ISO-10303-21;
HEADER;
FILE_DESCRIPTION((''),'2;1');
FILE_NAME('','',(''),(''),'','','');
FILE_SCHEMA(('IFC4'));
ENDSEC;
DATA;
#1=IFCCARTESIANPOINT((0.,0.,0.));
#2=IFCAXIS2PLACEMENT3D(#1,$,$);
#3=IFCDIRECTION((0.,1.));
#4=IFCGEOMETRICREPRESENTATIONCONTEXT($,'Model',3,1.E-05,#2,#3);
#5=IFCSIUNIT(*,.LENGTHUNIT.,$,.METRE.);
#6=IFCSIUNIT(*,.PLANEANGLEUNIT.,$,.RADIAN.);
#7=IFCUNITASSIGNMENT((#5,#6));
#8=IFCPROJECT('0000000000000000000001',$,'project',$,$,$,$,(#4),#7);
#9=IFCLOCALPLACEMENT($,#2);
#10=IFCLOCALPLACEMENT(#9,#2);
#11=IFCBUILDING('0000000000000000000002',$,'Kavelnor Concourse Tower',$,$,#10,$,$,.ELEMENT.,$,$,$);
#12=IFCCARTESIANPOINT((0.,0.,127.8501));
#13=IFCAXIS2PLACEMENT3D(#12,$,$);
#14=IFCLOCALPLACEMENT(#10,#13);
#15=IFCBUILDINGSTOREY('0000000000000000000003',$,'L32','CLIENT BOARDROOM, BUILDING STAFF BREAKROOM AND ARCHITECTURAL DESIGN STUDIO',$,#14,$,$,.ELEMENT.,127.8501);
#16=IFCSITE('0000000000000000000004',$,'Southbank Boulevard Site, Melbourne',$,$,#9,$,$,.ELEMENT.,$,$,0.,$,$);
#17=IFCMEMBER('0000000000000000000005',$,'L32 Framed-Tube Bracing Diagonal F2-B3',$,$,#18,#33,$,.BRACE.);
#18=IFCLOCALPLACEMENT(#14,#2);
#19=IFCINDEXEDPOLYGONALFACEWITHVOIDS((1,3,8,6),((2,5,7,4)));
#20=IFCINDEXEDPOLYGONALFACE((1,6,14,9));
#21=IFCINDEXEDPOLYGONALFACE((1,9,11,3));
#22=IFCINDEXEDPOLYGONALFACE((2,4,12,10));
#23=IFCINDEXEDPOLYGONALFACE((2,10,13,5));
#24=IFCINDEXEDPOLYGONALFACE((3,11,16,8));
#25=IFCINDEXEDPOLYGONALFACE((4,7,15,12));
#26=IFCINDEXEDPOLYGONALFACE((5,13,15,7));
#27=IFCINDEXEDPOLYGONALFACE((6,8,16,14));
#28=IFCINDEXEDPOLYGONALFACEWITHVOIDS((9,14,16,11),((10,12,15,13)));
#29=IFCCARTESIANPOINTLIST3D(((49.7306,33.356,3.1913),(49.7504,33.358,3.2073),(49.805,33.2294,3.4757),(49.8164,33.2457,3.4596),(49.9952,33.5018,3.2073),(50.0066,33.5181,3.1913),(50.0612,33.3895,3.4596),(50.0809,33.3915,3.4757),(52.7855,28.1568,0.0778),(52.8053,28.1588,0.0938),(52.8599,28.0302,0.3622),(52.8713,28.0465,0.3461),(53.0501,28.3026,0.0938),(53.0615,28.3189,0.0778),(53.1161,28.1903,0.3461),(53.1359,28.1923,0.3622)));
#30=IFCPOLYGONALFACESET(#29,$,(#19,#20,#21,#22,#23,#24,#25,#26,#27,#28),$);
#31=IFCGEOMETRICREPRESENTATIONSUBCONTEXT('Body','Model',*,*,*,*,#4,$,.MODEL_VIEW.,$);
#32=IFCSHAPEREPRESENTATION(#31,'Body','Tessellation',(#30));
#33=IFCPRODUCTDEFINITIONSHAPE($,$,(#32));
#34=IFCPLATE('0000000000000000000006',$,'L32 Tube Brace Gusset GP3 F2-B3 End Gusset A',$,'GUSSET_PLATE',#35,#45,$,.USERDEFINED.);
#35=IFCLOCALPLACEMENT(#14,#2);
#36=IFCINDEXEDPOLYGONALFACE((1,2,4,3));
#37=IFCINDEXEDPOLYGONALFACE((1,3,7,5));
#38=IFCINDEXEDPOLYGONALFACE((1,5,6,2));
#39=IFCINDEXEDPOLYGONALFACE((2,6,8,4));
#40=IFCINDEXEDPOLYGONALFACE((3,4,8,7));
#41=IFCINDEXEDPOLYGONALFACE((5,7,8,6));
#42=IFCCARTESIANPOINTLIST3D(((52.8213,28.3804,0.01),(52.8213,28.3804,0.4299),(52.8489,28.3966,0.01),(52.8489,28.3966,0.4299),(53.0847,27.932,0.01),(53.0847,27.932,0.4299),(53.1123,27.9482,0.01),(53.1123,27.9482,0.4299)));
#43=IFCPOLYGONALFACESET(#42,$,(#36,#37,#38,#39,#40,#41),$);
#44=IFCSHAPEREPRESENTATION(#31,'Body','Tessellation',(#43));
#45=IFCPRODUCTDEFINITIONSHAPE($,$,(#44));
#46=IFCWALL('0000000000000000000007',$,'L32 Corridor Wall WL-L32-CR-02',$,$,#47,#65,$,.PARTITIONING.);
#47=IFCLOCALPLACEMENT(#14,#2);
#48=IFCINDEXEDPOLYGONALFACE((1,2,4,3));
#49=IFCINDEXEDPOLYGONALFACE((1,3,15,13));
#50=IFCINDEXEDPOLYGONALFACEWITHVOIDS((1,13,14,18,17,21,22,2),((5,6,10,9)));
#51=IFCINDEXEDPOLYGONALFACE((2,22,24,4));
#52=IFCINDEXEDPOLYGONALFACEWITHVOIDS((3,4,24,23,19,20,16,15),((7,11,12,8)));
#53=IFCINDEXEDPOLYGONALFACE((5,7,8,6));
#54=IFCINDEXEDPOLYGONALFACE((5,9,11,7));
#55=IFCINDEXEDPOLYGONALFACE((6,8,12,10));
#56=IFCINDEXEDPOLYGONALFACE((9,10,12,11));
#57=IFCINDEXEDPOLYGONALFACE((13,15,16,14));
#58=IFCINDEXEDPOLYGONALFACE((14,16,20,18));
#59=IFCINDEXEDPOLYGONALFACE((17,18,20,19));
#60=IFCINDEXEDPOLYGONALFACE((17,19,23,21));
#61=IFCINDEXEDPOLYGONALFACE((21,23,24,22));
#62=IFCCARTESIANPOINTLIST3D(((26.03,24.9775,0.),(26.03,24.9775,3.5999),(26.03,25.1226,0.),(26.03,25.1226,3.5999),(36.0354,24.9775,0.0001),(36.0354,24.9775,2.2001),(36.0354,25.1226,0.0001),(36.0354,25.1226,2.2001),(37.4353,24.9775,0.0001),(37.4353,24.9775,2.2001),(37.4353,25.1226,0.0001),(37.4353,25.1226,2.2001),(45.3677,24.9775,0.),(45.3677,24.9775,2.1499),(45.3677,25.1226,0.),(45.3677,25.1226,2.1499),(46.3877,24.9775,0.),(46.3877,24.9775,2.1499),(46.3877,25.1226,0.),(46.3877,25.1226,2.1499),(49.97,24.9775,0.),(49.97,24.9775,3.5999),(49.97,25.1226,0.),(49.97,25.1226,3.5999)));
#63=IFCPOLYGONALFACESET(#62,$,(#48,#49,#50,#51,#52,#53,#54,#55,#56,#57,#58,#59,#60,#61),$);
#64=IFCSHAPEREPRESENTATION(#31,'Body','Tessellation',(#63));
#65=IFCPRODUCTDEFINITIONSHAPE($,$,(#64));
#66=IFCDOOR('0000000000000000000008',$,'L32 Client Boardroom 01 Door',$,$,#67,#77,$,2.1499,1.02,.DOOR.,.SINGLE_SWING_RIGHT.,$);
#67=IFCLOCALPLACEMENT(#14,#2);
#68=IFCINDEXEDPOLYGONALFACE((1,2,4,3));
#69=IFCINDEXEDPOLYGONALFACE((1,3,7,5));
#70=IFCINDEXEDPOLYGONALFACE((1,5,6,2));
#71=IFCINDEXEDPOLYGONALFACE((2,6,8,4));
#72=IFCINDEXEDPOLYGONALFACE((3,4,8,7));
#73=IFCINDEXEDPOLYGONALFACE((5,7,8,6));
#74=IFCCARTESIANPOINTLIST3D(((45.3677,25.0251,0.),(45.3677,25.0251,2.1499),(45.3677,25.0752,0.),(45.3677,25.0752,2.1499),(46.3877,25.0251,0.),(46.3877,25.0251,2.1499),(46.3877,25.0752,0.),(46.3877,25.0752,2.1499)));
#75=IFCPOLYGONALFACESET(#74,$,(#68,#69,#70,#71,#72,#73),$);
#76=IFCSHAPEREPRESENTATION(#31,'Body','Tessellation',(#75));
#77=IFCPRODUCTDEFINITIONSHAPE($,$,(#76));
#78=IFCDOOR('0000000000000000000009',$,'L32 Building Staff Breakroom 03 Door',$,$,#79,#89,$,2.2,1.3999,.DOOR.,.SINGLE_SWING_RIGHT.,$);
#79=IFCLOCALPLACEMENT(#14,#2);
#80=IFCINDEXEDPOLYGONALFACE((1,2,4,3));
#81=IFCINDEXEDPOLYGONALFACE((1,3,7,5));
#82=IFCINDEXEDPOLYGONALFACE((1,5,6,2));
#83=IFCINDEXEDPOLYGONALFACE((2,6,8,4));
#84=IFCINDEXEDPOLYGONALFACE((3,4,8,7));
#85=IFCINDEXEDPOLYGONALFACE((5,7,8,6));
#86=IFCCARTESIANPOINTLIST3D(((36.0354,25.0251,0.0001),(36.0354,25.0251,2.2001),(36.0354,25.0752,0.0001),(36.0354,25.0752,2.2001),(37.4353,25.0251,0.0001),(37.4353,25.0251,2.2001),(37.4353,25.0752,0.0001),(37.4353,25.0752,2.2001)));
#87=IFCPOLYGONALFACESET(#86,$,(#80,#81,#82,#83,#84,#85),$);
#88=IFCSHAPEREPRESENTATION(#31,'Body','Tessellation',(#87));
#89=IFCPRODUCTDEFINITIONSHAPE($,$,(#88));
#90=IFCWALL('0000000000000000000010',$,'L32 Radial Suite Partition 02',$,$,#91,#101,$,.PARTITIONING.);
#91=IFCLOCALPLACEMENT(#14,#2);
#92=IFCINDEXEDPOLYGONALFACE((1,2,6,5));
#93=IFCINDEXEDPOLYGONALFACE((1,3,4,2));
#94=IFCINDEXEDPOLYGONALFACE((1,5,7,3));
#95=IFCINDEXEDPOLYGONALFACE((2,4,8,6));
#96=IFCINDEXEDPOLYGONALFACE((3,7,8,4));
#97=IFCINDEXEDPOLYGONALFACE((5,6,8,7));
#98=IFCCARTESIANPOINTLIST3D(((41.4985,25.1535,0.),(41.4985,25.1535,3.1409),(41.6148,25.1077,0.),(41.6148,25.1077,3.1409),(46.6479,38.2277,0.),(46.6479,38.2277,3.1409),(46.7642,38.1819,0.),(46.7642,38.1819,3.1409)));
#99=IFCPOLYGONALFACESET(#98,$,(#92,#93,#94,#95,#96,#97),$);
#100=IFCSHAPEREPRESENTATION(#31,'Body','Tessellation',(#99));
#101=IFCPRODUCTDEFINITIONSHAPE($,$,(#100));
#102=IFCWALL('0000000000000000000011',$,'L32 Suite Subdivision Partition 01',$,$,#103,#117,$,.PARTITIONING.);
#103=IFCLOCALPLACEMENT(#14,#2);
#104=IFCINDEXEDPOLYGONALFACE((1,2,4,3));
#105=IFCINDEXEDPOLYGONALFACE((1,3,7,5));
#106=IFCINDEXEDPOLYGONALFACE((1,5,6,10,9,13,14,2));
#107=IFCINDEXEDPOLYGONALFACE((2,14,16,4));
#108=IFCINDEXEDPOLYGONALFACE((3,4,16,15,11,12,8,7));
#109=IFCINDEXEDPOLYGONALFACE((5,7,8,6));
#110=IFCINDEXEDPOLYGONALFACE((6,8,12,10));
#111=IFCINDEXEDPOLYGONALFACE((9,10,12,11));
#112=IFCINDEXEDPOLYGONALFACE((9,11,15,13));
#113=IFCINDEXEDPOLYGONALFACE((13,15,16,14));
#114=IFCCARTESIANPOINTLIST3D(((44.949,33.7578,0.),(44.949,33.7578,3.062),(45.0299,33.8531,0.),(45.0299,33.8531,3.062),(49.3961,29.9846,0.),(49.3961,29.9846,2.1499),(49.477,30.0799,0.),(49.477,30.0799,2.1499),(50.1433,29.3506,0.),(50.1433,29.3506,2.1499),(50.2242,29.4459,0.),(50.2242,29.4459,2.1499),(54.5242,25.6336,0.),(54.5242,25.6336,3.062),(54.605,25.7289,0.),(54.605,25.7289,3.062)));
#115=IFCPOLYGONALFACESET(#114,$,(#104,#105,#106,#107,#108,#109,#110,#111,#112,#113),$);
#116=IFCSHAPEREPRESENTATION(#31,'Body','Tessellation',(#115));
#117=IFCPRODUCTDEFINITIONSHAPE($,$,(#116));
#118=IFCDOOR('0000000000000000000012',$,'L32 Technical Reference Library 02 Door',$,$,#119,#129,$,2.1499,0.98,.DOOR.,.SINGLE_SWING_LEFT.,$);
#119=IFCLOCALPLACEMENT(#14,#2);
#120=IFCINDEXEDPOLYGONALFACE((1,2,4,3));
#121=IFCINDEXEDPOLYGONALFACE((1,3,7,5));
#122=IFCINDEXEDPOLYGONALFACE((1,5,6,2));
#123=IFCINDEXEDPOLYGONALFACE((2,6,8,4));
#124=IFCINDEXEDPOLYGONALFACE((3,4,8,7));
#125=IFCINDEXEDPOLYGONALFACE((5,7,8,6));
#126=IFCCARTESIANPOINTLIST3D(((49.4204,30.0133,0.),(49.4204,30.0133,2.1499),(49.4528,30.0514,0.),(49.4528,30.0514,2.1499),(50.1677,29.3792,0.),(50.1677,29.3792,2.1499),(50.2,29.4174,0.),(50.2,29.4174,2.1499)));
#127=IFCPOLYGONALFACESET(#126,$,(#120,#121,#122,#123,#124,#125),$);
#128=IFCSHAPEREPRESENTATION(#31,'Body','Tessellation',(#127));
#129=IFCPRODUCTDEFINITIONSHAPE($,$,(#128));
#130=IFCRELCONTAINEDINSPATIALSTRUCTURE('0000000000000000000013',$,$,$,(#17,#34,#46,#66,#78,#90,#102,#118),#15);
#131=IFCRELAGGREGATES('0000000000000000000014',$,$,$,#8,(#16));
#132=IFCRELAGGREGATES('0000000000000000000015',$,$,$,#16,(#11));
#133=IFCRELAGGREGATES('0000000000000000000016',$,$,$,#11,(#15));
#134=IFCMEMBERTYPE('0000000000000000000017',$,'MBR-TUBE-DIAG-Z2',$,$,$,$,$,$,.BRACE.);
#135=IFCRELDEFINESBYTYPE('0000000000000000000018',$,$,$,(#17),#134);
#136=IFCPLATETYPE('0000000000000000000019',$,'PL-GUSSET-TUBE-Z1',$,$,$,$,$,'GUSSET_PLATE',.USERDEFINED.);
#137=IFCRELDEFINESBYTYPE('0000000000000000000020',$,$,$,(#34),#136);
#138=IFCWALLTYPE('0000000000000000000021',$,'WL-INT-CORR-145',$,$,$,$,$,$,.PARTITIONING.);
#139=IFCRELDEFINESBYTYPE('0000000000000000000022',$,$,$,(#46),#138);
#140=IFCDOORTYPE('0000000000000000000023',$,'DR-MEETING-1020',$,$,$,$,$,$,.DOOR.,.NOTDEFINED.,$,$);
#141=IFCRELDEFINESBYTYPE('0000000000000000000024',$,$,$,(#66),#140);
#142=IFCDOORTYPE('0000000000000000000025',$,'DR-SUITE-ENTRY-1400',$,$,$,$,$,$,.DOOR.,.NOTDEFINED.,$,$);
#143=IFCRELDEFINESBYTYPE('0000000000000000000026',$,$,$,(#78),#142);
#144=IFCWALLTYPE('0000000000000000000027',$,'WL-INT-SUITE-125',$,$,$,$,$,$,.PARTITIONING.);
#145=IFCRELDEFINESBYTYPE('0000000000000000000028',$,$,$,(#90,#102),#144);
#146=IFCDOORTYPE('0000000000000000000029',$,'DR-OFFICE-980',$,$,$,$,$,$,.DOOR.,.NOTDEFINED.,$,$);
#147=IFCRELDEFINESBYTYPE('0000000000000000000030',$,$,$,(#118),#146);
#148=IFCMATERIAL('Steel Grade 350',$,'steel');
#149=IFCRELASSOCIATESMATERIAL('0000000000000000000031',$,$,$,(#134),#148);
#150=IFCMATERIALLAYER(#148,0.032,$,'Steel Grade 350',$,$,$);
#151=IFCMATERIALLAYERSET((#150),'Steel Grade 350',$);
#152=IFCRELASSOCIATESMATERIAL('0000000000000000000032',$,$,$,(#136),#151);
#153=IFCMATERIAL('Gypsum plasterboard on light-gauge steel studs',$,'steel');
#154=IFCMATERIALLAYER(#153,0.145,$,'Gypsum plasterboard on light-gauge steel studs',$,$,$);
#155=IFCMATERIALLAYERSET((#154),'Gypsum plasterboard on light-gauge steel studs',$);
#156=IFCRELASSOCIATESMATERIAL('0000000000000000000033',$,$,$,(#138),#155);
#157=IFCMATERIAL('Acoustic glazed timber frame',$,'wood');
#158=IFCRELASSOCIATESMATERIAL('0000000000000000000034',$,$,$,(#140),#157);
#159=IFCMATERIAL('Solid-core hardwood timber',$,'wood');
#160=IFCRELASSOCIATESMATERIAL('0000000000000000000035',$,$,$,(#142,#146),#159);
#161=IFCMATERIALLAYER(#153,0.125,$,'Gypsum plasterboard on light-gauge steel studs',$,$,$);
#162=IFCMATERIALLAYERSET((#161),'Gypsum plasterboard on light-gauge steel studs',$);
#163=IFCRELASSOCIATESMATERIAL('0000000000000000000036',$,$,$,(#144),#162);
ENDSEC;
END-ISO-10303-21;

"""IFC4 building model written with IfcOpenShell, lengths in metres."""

from ifc_helpers import new_model, si_unit, direction, frame, frame_2d, origin, origin_2d, place, context, subcontext, project, spatial, rectangle, hollow_rectangle, extrude, material, layer, layer_set, material_profile, profile_set, type_object, element, fill, save


model = new_model("IFC4")

# Units and contexts
model_context = context("Model", 3, precision=1e-05, world=origin(), true_north=direction((0.0, 1.0)))
body_context = subcontext(model_context, "Body", "Model", "MODEL_VIEW")
ifc_project = project(units=[si_unit("LENGTHUNIT", "METRE"), si_unit("PLANEANGLEUNIT", "RADIAN")], contexts=[model_context])

# Site, building, storey
site_placement = place(None, origin())
site = spatial("IfcSite", under=ifc_project, at=site_placement, Name="Southbank Boulevard Site, Melbourne", CompositionType="ELEMENT", RefElevation=0.0)
building_placement = place(site_placement, origin())
building = spatial("IfcBuilding", under=site, at=building_placement, Name="Kavelnor Concourse Tower", CompositionType="ELEMENT")
storey_placement = place(building_placement, frame((0.0, 0.0, 127.8501)))
storey = spatial("IfcBuildingStorey", under=building, at=storey_placement, Name="L32", Description="CLIENT BOARDROOM, BUILDING STAFF BREAKROOM AND ARCHITECTURAL DESIGN STUDIO", CompositionType="ELEMENT", Elevation=127.8501)

# Shared definitions
ifc_material_1 = material(Name="Steel Grade 350", Category="steel")

# Member
ifc_material_profile_1 = material_profile(ifc_material_1, hollow_rectangle(XDim=0.3201, YDim=0.3201, WallThickness=0.0181, at=origin_2d()), Name="SHS 320x320x18")
ifc_profile_set_1 = profile_set([ifc_material_profile_1], Name="Steel Grade 350")
member_type = type_object("IfcMemberType", Name="MBR-TUBE-DIAG-Z2", PredefinedType="BRACE", material=ifc_profile_set_1)
member_placement = place(storey_placement, frame((52.9607, 28.1746, 0.22), z_axis=(-0.450139, 0.766096, 0.458773), x_axis=(-0.862183, -0.506597, 0.0)))
element("IfcMember", 1, at=member_placement, inside=storey, type_object=member_type, Name="L32 Framed-Tube Bracing Diagonal F2-B3", PredefinedType="BRACE", context=body_context, shape_type="SweptSolid", body=[
    extrude(hollow_rectangle(XDim=0.3201, YDim=0.3201, WallThickness=0.0181, at=origin_2d()), origin(), (0.0, 0.0, 1.0), 6.7866),
])

# Plate
ifc_layer_1 = layer(ifc_material_1, 0.032, Name="Steel Grade 350")
ifc_layer_set_1 = layer_set([ifc_layer_1], Name="Steel Grade 350")
plate_type = type_object("IfcPlateType", Name="PL-GUSSET-TUBE-Z1", ElementType="GUSSET_PLATE", PredefinedType="USERDEFINED", material=ifc_layer_set_1)
plate_placement = place(storey_placement, frame((52.9668, 28.1643, 0.01), z_axis=(0.0, 0.0, 1.0), x_axis=(-0.506636, 0.86216, 0.0)))
element("IfcPlate", 2, at=plate_placement, inside=storey, type_object=plate_type, Name="L32 Tube Brace Gusset GP3 F2-B3 End Gusset A", ObjectType="GUSSET_PLATE", PredefinedType="USERDEFINED", context=body_context, shape_type="SweptSolid", body=[
    extrude(rectangle(XDim=0.52, YDim=0.032, at=origin_2d()), origin(), (0.0, 0.0, 1.0), 0.4199),
])

# Wall, openings, doors
ifc_material_2 = material(Name="Gypsum plasterboard on light-gauge steel studs", Category="steel")
ifc_layer_2 = layer(ifc_material_2, 0.145, Name="Gypsum plasterboard on light-gauge steel studs")
ifc_layer_set_2 = layer_set([ifc_layer_2], Name="Gypsum plasterboard on light-gauge steel studs")
wall_type_1 = type_object("IfcWallType", Name="WL-INT-CORR-145", PredefinedType="PARTITIONING", material=ifc_layer_set_2)
wall_1_placement = place(storey_placement, frame((49.97, 25.05, 0.0), z_axis=(0.0, 0.0, 1.0), x_axis=(-1.0, 0.0, 0.0)))
wall_1 = element("IfcWall", 3, at=wall_1_placement, inside=storey, type_object=wall_type_1, Name="L32 Corridor Wall WL-L32-CR-02", PredefinedType="PARTITIONING", context=body_context, shape_type="SweptSolid", body=[
    extrude(rectangle(XDim=23.9399, YDim=0.145, at=frame_2d((11.97, 0.0))), origin(), (0.0, 0.0, 1.0), 3.5999),
])
opening_1_placement = place(wall_1_placement, frame((3.5823, 0.0, 0.0)))
opening_1 = element("IfcOpeningElement", 4, at=opening_1_placement, cuts=wall_1, PredefinedType="OPENING", context=body_context, shape_type="SweptSolid", body=[
    extrude(rectangle(XDim=1.02, YDim=2.1499, at=frame_2d((0.51, 1.075))), frame((0.0, 0.0825, 0.0), z_axis=(0.0, -1.0, 0.0), x_axis=(1.0, 0.0, 0.0)), (0.0, 0.0, 1.0), 0.165),
])
opening_2_placement = place(wall_1_placement, frame((12.5347, 0.0, 0.0)))
opening_2 = element("IfcOpeningElement", 5, at=opening_2_placement, cuts=wall_1, PredefinedType="OPENING", context=body_context, shape_type="SweptSolid", body=[
    extrude(rectangle(XDim=1.3999, YDim=2.2, at=frame_2d((0.7, 1.1001))), frame((0.0, 0.0825, 0.0), z_axis=(0.0, -1.0, 0.0), x_axis=(1.0, 0.0, 0.0)), (0.0, 0.0, 1.0), 0.165),
])
ifc_material_3 = material(Name="Acoustic glazed timber frame", Category="wood")
door_type_1 = type_object("IfcDoorType", Name="DR-MEETING-1020", OperationType="NOTDEFINED", PredefinedType="DOOR", material=ifc_material_3)
door_1_placement = place(opening_1_placement, origin())
door_1 = element("IfcDoor", 6, at=door_1_placement, inside=storey, type_object=door_type_1, Name="L32 Client Boardroom 01 Door", OperationType="SINGLE_SWING_RIGHT", OverallHeight=2.1499, OverallWidth=1.02, PredefinedType="DOOR", context=body_context, shape_type="SweptSolid", body=[
    extrude(rectangle(XDim=1.02, YDim=2.1499, at=frame_2d((0.51, 1.075))), frame((0.0, 0.0249, 0.0), z_axis=(0.0, -1.0, 0.0), x_axis=(1.0, 0.0, 0.0)), (0.0, 0.0, 1.0), 0.05),
])
fill(opening_1, door_1)
ifc_material_4 = material(Name="Solid-core hardwood timber", Category="wood")
door_type_2 = type_object("IfcDoorType", Name="DR-SUITE-ENTRY-1400", OperationType="NOTDEFINED", PredefinedType="DOOR", material=ifc_material_4)
door_2_placement = place(opening_2_placement, origin())
door_2 = element("IfcDoor", 7, at=door_2_placement, inside=storey, type_object=door_type_2, Name="L32 Building Staff Breakroom 03 Door", OperationType="SINGLE_SWING_RIGHT", OverallHeight=2.2, OverallWidth=1.3999, PredefinedType="DOOR", context=body_context, shape_type="SweptSolid", body=[
    extrude(rectangle(XDim=1.3999, YDim=2.2, at=frame_2d((0.7, 1.1001))), frame((0.0, 0.0249, 0.0), z_axis=(0.0, -1.0, 0.0), x_axis=(1.0, 0.0, 0.0)), (0.0, 0.0, 1.0), 0.05),
])
fill(opening_2, door_2)

# Wall
ifc_layer_3 = layer(ifc_material_2, 0.125, Name="Gypsum plasterboard on light-gauge steel studs")
ifc_layer_set_3 = layer_set([ifc_layer_3], Name="Gypsum plasterboard on light-gauge steel studs")
wall_type_2 = type_object("IfcWallType", Name="WL-INT-SUITE-125", PredefinedType="PARTITIONING", material=ifc_layer_set_3)
wall_2_placement = place(storey_placement, frame((41.5566, 25.1306, 0.0), z_axis=(0.0, 0.0, 1.0), x_axis=(0.366461, 0.930434, 0.0)))
element("IfcWall", 8, at=wall_2_placement, inside=storey, type_object=wall_type_2, Name="L32 Radial Suite Partition 02", PredefinedType="PARTITIONING", context=body_context, shape_type="SweptSolid", body=[
    extrude(rectangle(XDim=14.0518, YDim=0.125, at=frame_2d((7.0259, 0.0))), origin(), (0.0, 0.0, 1.0), 3.1409),
])

# Wall, opening, door
wall_3_placement = place(storey_placement, frame((54.5647, 25.6812, 0.0), z_axis=(0.0, 0.0, 1.0), x_axis=(-0.762515, 0.646971, 0.0)))
wall_3 = element("IfcWall", 9, at=wall_3_placement, inside=storey, type_object=wall_type_2, Name="L32 Suite Subdivision Partition 01", PredefinedType="PARTITIONING", context=body_context, shape_type="SweptSolid", body=[
    extrude(rectangle(XDim=12.5574, YDim=0.125, at=frame_2d((6.2788, 0.0))), origin(), (0.0, 0.0, 1.0), 3.062),
])
opening_3_placement = place(wall_3_placement, frame((5.7454, 0.0, 0.0)))
opening_3 = element("IfcOpeningElement", 10, at=opening_3_placement, cuts=wall_3, PredefinedType="OPENING", context=body_context, shape_type="SweptSolid", body=[
    extrude(rectangle(XDim=0.98, YDim=2.1499, at=frame_2d((0.49, 1.075))), frame((0.0, 0.0725, 0.0), z_axis=(0.0, -1.0, 0.0), x_axis=(1.0, 0.0, 0.0)), (0.0, 0.0, 1.0), 0.145),
])
door_type_3 = type_object("IfcDoorType", Name="DR-OFFICE-980", OperationType="NOTDEFINED", PredefinedType="DOOR", material=ifc_material_4)
door_3_placement = place(opening_3_placement, origin())
door_3 = element("IfcDoor", 11, at=door_3_placement, inside=storey, type_object=door_type_3, Name="L32 Technical Reference Library 02 Door", OperationType="SINGLE_SWING_LEFT", OverallHeight=2.1499, OverallWidth=0.98, PredefinedType="DOOR", context=body_context, shape_type="SweptSolid", body=[
    extrude(rectangle(XDim=0.98, YDim=2.1499, at=frame_2d((0.49, 1.075))), frame((0.0, 0.0249, 0.0), z_axis=(0.0, -1.0, 0.0), x_axis=(1.0, 0.0, 0.0)), (0.0, 0.0, 1.0), 0.05),
])
fill(opening_3, door_3)

save(model, "model.ifc")
